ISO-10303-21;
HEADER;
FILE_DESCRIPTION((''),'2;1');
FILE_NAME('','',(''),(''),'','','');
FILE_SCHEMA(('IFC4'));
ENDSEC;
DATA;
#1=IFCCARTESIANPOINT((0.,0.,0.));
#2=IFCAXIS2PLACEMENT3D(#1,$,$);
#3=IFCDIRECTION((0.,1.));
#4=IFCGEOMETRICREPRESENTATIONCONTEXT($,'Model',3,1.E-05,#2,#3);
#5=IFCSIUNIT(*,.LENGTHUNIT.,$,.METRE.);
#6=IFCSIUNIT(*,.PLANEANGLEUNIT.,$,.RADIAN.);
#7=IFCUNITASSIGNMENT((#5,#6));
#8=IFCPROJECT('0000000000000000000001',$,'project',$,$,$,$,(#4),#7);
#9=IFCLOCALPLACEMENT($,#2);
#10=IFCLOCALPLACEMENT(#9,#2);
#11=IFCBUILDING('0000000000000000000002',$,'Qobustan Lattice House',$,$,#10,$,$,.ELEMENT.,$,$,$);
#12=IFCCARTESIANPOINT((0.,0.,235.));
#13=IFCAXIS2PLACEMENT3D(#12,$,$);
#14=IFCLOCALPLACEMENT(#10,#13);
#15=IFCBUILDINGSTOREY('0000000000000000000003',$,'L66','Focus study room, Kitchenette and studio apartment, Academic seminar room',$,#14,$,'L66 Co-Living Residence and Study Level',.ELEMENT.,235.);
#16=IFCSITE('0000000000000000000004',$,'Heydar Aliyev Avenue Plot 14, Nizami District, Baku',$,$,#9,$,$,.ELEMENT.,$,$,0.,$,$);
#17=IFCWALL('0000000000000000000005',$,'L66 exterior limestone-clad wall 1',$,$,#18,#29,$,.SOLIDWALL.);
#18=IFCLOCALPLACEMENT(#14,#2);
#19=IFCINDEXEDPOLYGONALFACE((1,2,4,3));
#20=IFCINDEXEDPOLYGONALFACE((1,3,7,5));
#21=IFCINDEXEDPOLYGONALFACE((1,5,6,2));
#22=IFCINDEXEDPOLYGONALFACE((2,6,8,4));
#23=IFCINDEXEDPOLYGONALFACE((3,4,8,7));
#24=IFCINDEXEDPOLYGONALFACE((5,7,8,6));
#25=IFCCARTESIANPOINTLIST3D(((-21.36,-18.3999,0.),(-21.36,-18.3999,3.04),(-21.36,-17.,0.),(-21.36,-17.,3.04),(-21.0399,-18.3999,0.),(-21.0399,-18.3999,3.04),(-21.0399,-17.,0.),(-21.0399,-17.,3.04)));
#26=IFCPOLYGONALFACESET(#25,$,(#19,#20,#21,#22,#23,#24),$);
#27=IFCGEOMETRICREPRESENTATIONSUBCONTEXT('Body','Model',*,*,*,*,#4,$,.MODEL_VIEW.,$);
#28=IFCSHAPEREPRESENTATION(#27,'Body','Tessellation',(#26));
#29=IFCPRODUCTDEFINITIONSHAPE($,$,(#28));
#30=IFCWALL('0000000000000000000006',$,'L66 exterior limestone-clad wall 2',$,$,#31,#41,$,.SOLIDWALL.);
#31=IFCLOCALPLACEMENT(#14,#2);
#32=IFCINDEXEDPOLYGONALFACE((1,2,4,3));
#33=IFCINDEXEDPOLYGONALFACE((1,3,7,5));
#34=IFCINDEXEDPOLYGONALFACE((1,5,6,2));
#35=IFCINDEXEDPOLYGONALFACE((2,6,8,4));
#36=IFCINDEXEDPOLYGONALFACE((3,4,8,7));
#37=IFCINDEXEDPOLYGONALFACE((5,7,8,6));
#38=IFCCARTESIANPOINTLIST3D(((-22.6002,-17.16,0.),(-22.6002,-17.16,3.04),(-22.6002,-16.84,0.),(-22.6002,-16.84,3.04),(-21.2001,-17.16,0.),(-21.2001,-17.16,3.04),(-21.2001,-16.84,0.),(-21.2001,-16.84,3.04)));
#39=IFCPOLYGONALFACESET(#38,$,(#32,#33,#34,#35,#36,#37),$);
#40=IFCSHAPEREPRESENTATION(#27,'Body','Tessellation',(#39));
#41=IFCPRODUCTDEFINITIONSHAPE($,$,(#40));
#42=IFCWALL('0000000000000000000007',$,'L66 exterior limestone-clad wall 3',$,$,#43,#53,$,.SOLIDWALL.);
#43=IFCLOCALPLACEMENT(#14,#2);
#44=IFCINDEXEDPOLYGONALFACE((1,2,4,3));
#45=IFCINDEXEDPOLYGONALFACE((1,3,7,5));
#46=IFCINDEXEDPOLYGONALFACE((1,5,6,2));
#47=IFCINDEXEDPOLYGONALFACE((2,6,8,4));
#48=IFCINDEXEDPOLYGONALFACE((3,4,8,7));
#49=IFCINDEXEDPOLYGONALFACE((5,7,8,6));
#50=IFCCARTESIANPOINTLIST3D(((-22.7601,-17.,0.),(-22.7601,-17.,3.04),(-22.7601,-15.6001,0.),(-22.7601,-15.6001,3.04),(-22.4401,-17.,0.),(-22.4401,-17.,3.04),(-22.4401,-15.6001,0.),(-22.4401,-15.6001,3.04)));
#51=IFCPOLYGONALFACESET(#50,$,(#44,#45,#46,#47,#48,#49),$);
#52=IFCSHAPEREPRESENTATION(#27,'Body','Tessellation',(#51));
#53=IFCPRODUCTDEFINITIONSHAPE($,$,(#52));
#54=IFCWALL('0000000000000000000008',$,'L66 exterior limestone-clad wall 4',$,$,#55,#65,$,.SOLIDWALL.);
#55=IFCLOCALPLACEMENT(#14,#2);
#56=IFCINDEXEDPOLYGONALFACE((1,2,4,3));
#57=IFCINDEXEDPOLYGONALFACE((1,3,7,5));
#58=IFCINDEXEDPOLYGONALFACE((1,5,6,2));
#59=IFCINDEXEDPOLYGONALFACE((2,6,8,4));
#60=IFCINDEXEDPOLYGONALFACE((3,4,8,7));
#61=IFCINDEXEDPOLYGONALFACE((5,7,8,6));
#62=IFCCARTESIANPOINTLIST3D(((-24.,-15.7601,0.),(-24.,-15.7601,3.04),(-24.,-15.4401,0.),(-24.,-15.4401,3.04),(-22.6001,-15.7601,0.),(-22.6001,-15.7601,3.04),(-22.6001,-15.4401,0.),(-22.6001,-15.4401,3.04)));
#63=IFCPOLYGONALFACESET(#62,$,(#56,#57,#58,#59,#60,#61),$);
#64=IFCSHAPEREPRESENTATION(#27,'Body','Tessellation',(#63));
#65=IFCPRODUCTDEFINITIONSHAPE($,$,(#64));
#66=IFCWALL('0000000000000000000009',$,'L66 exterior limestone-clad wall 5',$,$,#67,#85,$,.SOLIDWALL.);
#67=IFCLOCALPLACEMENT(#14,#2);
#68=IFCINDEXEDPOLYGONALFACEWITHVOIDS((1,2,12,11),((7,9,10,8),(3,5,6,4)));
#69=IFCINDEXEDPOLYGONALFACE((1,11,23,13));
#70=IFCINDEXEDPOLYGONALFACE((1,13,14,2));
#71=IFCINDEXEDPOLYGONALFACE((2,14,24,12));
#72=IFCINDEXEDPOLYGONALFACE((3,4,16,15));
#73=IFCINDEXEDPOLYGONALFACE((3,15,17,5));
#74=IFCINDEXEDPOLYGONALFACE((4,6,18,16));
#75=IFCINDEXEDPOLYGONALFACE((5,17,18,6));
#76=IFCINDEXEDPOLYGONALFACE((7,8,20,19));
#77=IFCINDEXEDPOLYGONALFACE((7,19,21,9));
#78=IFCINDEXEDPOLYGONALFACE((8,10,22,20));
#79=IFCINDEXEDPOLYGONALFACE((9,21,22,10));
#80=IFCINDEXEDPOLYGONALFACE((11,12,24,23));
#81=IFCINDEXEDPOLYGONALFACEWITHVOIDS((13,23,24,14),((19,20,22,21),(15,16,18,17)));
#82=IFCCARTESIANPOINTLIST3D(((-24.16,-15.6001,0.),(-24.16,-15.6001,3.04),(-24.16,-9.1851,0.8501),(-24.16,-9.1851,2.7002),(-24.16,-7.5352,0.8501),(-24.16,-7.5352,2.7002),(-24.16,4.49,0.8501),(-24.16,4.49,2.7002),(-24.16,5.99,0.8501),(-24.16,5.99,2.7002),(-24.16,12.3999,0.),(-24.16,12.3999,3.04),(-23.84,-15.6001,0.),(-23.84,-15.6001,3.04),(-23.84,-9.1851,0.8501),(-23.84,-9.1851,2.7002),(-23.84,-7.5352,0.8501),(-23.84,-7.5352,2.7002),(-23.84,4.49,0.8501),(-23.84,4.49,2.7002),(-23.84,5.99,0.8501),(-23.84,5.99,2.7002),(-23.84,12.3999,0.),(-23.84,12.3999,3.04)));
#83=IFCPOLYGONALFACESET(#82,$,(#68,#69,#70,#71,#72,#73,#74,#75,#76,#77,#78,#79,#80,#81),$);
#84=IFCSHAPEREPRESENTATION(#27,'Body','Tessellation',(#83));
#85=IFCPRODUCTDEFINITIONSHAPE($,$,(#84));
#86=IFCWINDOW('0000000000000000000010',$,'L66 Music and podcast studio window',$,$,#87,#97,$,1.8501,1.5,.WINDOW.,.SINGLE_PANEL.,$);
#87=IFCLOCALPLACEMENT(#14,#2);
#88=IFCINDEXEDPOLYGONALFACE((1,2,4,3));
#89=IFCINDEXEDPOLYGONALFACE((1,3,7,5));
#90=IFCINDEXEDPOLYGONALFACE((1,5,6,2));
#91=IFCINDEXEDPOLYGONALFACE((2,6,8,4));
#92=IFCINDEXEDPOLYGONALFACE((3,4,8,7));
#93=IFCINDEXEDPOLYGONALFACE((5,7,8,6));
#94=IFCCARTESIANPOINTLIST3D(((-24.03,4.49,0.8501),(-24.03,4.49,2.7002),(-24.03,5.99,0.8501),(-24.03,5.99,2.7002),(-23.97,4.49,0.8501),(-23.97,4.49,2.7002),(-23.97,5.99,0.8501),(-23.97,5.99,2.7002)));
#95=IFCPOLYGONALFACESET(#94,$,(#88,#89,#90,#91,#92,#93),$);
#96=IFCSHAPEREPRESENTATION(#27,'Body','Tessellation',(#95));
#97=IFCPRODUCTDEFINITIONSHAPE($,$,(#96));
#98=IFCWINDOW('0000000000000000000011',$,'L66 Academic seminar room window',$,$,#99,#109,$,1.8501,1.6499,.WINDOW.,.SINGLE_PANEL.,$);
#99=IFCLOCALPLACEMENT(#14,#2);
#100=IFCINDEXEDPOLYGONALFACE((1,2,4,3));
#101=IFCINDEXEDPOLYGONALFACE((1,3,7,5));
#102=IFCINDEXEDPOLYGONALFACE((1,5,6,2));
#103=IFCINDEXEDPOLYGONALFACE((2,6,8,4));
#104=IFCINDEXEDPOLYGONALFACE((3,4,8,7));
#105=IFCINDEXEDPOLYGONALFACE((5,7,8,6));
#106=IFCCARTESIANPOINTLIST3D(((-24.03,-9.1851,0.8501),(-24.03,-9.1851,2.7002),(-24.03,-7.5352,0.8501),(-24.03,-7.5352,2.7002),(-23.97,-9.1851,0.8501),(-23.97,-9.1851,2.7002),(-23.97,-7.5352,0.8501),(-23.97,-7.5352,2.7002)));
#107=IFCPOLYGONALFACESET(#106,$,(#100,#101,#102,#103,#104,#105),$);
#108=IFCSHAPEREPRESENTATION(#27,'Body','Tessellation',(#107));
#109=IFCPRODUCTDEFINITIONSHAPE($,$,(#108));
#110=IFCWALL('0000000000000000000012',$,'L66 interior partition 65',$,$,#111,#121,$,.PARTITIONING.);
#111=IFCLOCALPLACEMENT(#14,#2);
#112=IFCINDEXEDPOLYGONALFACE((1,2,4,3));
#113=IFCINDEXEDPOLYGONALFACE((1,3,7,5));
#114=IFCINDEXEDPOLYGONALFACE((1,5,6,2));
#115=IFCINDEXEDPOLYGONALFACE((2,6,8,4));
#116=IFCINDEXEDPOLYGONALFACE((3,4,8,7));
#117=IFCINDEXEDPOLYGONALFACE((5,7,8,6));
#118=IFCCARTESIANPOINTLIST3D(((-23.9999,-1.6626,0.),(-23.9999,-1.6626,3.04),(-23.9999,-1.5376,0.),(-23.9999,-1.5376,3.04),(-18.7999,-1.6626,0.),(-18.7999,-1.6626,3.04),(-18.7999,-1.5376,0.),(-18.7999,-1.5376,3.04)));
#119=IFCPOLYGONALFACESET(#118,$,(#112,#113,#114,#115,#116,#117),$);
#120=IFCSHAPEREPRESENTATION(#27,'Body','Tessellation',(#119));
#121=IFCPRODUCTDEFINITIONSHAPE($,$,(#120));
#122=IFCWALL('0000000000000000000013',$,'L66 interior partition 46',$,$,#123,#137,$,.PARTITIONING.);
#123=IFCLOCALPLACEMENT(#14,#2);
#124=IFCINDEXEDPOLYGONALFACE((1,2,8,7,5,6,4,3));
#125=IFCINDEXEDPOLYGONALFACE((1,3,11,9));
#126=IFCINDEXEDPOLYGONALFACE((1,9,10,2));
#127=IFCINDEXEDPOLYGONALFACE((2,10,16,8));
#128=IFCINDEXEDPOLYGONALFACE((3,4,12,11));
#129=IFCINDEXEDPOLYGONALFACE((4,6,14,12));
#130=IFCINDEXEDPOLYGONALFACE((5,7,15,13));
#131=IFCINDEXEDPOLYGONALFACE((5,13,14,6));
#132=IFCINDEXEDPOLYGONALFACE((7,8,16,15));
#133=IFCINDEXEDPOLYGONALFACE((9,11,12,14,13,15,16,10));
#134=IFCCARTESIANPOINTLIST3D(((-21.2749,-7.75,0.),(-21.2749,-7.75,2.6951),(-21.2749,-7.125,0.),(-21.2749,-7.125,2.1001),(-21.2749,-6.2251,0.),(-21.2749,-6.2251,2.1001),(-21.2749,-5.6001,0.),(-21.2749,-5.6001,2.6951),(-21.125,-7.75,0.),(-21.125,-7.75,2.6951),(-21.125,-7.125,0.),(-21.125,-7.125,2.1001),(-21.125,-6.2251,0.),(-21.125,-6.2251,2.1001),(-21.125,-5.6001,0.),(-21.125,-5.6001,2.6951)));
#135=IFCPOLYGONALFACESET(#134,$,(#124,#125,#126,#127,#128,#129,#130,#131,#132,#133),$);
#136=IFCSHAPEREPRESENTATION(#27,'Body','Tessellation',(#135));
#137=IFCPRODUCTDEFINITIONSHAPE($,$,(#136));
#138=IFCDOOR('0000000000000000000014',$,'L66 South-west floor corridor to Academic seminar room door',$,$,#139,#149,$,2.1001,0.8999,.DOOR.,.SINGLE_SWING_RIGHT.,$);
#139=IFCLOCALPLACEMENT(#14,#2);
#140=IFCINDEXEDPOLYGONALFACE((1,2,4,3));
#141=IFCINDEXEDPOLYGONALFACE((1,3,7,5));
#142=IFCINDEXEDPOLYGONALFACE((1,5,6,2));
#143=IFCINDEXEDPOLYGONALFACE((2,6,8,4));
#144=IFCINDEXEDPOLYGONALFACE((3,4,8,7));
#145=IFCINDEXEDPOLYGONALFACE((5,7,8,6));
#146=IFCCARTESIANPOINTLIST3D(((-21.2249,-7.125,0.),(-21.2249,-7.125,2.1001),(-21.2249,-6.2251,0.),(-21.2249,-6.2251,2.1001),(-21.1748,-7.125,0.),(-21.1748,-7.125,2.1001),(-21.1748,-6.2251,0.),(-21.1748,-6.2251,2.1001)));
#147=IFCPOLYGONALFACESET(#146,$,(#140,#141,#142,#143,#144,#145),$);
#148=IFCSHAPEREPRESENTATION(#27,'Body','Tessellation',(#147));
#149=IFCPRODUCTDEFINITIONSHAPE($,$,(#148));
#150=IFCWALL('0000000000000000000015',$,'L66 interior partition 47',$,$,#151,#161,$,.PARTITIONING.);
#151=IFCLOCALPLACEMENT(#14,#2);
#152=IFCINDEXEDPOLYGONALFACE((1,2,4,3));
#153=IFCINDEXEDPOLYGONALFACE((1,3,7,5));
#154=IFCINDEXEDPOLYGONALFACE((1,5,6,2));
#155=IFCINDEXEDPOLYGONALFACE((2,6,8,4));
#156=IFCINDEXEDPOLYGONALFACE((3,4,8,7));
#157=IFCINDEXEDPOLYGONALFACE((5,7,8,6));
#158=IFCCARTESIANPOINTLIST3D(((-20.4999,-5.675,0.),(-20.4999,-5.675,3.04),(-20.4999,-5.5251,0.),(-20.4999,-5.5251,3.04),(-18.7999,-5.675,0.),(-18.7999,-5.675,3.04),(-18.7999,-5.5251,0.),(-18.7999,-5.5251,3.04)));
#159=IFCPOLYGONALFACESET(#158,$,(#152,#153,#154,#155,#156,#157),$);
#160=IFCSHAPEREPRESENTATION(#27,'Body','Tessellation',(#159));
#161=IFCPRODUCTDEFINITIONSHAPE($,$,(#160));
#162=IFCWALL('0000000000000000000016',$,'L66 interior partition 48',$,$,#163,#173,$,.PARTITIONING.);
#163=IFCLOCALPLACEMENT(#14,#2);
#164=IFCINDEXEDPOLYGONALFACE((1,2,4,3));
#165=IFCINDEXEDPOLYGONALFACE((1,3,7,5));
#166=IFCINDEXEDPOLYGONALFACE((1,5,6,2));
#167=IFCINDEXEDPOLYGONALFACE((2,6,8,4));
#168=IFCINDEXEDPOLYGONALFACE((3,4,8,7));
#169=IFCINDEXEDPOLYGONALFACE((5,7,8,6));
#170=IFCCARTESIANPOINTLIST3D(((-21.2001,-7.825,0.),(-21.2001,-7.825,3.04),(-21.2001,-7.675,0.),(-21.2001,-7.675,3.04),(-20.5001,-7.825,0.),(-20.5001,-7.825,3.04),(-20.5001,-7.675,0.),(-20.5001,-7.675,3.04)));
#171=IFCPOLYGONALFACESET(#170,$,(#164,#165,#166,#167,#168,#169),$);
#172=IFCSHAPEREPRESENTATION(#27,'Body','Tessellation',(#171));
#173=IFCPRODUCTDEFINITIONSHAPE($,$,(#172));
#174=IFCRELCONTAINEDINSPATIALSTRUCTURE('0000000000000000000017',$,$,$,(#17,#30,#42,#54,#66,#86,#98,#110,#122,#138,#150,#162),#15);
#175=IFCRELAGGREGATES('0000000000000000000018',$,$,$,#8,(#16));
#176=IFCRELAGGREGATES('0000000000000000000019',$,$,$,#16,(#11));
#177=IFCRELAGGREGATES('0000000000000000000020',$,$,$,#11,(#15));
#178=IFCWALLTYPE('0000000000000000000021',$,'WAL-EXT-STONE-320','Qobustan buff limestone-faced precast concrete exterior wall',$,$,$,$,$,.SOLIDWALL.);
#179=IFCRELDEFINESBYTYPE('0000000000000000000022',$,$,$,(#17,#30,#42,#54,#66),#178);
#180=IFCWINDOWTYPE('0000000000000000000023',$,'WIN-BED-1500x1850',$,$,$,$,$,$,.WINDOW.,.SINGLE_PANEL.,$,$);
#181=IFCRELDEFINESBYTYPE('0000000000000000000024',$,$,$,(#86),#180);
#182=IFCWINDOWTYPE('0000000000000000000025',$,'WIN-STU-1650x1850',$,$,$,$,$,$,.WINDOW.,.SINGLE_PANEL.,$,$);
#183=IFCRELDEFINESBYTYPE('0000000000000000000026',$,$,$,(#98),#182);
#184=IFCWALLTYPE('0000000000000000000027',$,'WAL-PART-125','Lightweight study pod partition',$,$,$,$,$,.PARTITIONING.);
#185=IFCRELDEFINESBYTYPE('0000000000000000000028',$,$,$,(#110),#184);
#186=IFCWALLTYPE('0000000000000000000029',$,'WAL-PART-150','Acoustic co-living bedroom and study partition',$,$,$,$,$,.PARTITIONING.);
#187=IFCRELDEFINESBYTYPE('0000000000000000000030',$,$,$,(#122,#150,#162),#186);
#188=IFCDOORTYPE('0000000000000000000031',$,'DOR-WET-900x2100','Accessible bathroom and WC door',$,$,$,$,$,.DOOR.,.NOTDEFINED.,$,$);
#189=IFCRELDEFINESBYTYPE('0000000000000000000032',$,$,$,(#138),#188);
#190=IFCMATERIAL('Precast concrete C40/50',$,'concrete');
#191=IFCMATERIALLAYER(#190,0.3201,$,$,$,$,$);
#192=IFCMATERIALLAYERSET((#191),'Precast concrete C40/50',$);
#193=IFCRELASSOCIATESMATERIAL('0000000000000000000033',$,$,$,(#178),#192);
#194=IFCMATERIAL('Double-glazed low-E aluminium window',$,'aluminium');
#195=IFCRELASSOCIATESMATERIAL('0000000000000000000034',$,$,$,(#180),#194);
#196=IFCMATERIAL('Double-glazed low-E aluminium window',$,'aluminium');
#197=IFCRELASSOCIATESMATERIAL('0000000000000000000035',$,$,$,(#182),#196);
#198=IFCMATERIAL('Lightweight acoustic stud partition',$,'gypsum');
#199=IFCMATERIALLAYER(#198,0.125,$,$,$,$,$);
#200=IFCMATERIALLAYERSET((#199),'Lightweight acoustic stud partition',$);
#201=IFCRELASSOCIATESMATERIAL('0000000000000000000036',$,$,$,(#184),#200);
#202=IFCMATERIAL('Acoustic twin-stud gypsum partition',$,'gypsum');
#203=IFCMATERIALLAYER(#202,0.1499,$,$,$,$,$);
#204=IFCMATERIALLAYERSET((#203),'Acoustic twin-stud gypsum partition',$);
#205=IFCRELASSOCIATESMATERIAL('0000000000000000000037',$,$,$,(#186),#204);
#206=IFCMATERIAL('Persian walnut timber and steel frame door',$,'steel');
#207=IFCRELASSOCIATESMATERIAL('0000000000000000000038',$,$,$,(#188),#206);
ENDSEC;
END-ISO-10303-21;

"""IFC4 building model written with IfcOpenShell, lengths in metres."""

from ifc_helpers import new_model, si_unit, direction, frame, frame_2d, origin, place, context, subcontext, project, spatial, rectangle, extrude, material, layer, layer_set, type_object, element, fill, save


model = new_model("IFC4")

# Units and contexts
model_context = context("Model", 3, precision=1e-05, world=origin(), true_north=direction((0.0, 1.0)))
body_context = subcontext(model_context, "Body", "Model", "MODEL_VIEW")
ifc_project = project(units=[si_unit("LENGTHUNIT", "METRE"), si_unit("PLANEANGLEUNIT", "RADIAN")], contexts=[model_context])

# Site, building, storey
site_placement = place(None, origin())
site = spatial("IfcSite", under=ifc_project, at=site_placement, Name="Heydar Aliyev Avenue Plot 14, Nizami District, Baku", CompositionType="ELEMENT", RefElevation=0.0)
building_placement = place(site_placement, origin())
building = spatial("IfcBuilding", under=site, at=building_placement, Name="Qobustan Lattice House", CompositionType="ELEMENT")
storey_placement = place(building_placement, frame((0.0, 0.0, 235.0)))
storey = spatial("IfcBuildingStorey", under=building, at=storey_placement, Name="L66", Description="Focus study room, Kitchenette and studio apartment, Academic seminar room", LongName="L66 Co-Living Residence and Study Level", CompositionType="ELEMENT", Elevation=235.0)

# Walls
ifc_material_1 = material(Name="Precast concrete C40/50", Category="concrete")
ifc_layer_1 = layer(ifc_material_1, 0.3201)
ifc_layer_set_1 = layer_set([ifc_layer_1], Name="Precast concrete C40/50")
wall_type_1 = type_object("IfcWallType", Name="WAL-EXT-STONE-320", Description="Qobustan buff limestone-faced precast concrete exterior wall", PredefinedType="SOLIDWALL", material=ifc_layer_set_1)
wall_1_placement = place(storey_placement, frame((-21.2, -18.3999, 0.0), z_axis=(0.0, 0.0, 1.0), x_axis=(0.0, 1.0, 0.0)))
element("IfcWall", 1, at=wall_1_placement, inside=storey, type_object=wall_type_1, Name="L66 exterior limestone-clad wall 1", PredefinedType="SOLIDWALL", context=body_context, shape_type="SweptSolid", body=[
    extrude(rectangle(XDim=1.3999, YDim=0.3201, at=frame_2d((0.7, 0.0))), origin(), (0.0, 0.0, 1.0), 3.04),
])
wall_2_placement = place(storey_placement, frame((-21.2, -17.0, 0.0), z_axis=(0.0, 0.0, 1.0), x_axis=(-1.0, 0.0, 0.0)))
element("IfcWall", 2, at=wall_2_placement, inside=storey, type_object=wall_type_1, Name="L66 exterior limestone-clad wall 2", PredefinedType="SOLIDWALL", context=body_context, shape_type="SweptSolid", body=[
    extrude(rectangle(XDim=1.4001, YDim=0.3201, at=frame_2d((0.7002, 0.0))), origin(), (0.0, 0.0, 1.0), 3.04),
])
for number, where, z_axis, x_axis, name in (
    (3, (-22.6001, -17.0, 0.0), (0.0, 0.0, 1.0), (0.0, 1.0, 0.0), "L66 exterior limestone-clad wall 3"),
    (4, (-22.6001, -15.6001, 0.0), (0.0, 0.0, 1.0), (-1.0, 0.0, 0.0), "L66 exterior limestone-clad wall 4"),
):
    element("IfcWall", number, at=place(storey_placement, frame(where, z_axis=z_axis, x_axis=x_axis)), inside=storey, type_object=wall_type_1, Name=name, PredefinedType="SOLIDWALL", context=body_context, shape_type="SweptSolid", body=[
        extrude(rectangle(XDim=1.3999, YDim=0.3201, at=frame_2d((0.7, 0.0))), origin(), (0.0, 0.0, 1.0), 3.04),
    ])

# Wall, openings, windows
wall_3_placement = place(storey_placement, frame((-24.0, -15.6001, 0.0), z_axis=(0.0, 0.0, 1.0), x_axis=(0.0, 1.0, 0.0)))
wall_3 = element("IfcWall", 5, at=wall_3_placement, inside=storey, type_object=wall_type_1, Name="L66 exterior limestone-clad wall 5", PredefinedType="SOLIDWALL", context=body_context, shape_type="SweptSolid", body=[
    extrude(rectangle(XDim=28.0, YDim=0.3201, at=frame_2d((14.0, 0.0))), origin(), (0.0, 0.0, 1.0), 3.04),
])
opening_1_placement = place(wall_3_placement, frame((6.415, 0.0, 0.8501)))
opening_1 = element("IfcOpeningElement", 6, at=opening_1_placement, cuts=wall_3, PredefinedType="OPENING", context=body_context, shape_type="SweptSolid", body=[
    extrude(rectangle(XDim=1.6499, YDim=1.8501, at=frame_2d((0.825, 0.925))), frame((0.0, 0.1699, 0.0), z_axis=(0.0, -1.0, 0.0), x_axis=(1.0, 0.0, 0.0)), (0.0, 0.0, 1.0), 0.3401),
])
opening_2_placement = place(wall_3_placement, frame((20.0901, 0.0, 0.8501)))
opening_2 = element("IfcOpeningElement", 7, at=opening_2_placement, cuts=wall_3, PredefinedType="OPENING", context=body_context, shape_type="SweptSolid", body=[
    extrude(rectangle(XDim=1.5, YDim=1.8501, at=frame_2d((0.75, 0.925))), frame((0.0, 0.1699, 0.0), z_axis=(0.0, -1.0, 0.0), x_axis=(1.0, 0.0, 0.0)), (0.0, 0.0, 1.0), 0.3401),
])
ifc_material_2 = material(Name="Double-glazed low-E aluminium window", Category="aluminium")
window_type_1 = type_object("IfcWindowType", Name="WIN-BED-1500x1850", PartitioningType="SINGLE_PANEL", PredefinedType="WINDOW", material=ifc_material_2)
window_1_placement = place(opening_2_placement, origin())
window_1 = element("IfcWindow", 8, at=window_1_placement, inside=storey, type_object=window_type_1, Name="L66 Music and podcast studio window", OverallHeight=1.8501, OverallWidth=1.5, PartitioningType="SINGLE_PANEL", PredefinedType="WINDOW", context=body_context, shape_type="SweptSolid", body=[
    extrude(rectangle(XDim=1.5, YDim=1.8501, at=frame_2d((0.75, 0.925))), frame((0.0, 0.03, 0.0), z_axis=(0.0, -1.0, 0.0), x_axis=(1.0, 0.0, 0.0)), (0.0, 0.0, 1.0), 0.0601),
])
fill(opening_2, window_1)
ifc_material_3 = material(Name="Double-glazed low-E aluminium window", Category="aluminium")
window_type_2 = type_object("IfcWindowType", Name="WIN-STU-1650x1850", PartitioningType="SINGLE_PANEL", PredefinedType="WINDOW", material=ifc_material_3)
window_2_placement = place(opening_1_placement, origin())
window_2 = element("IfcWindow", 9, at=window_2_placement, inside=storey, type_object=window_type_2, Name="L66 Academic seminar room window", OverallHeight=1.8501, OverallWidth=1.6499, PartitioningType="SINGLE_PANEL", PredefinedType="WINDOW", context=body_context, shape_type="SweptSolid", body=[
    extrude(rectangle(XDim=1.6499, YDim=1.8501, at=frame_2d((0.825, 0.925))), frame((0.0, 0.03, 0.0), z_axis=(0.0, -1.0, 0.0), x_axis=(1.0, 0.0, 0.0)), (0.0, 0.0, 1.0), 0.0601),
])
fill(opening_1, window_2)

# Wall
ifc_material_4 = material(Name="Lightweight acoustic stud partition", Category="gypsum")
ifc_layer_2 = layer(ifc_material_4, 0.125)
ifc_layer_set_2 = layer_set([ifc_layer_2], Name="Lightweight acoustic stud partition")
wall_type_2 = type_object("IfcWallType", Name="WAL-PART-125", Description="Lightweight study pod partition", PredefinedType="PARTITIONING", material=ifc_layer_set_2)
wall_4_placement = place(storey_placement, frame((-24.0, -1.6001, 0.0), z_axis=(0.0, 0.0, 1.0), x_axis=(1.0, 0.0, 0.0)))
element("IfcWall", 10, at=wall_4_placement, inside=storey, type_object=wall_type_2, Name="L66 interior partition 65", PredefinedType="PARTITIONING", context=body_context, shape_type="SweptSolid", body=[
    extrude(rectangle(XDim=5.2, YDim=0.125, at=frame_2d((2.6001, 0.0))), origin(), (0.0, 0.0, 1.0), 3.04),
])

# Wall, opening, door
ifc_material_5 = material(Name="Acoustic twin-stud gypsum partition", Category="gypsum")
ifc_layer_3 = layer(ifc_material_5, 0.1499)
ifc_layer_set_3 = layer_set([ifc_layer_3], Name="Acoustic twin-stud gypsum partition")
wall_type_3 = type_object("IfcWallType", Name="WAL-PART-150", Description="Acoustic co-living bedroom and study partition", PredefinedType="PARTITIONING", material=ifc_layer_set_3)
wall_5_placement = place(storey_placement, frame((-21.2, -7.75, 0.0), z_axis=(0.0, 0.0, 1.0), x_axis=(0.0, 1.0, 0.0)))
wall_5 = element("IfcWall", 11, at=wall_5_placement, inside=storey, type_object=wall_type_3, Name="L66 interior partition 46", PredefinedType="PARTITIONING", context=body_context, shape_type="SweptSolid", body=[
    extrude(rectangle(XDim=2.1499, YDim=0.1499, at=frame_2d((1.075, 0.0))), origin(), (0.0, 0.0, 1.0), 2.6951),
])
opening_3_placement = place(wall_5_placement, frame((0.625, 0.0, 0.0)))
opening_3 = element("IfcOpeningElement", 12, at=opening_3_placement, cuts=wall_5, PredefinedType="OPENING", context=body_context, shape_type="SweptSolid", body=[
    extrude(rectangle(XDim=0.8999, YDim=2.1001, at=frame_2d((0.45, 1.05))), frame((0.0, 0.085, 0.0), z_axis=(0.0, -1.0, 0.0), x_axis=(1.0, 0.0, 0.0)), (0.0, 0.0, 1.0), 0.1699),
])
ifc_material_6 = material(Name="Persian walnut timber and steel frame door", Category="steel")
door_type_1 = type_object("IfcDoorType", Name="DOR-WET-900x2100", Description="Accessible bathroom and WC door", OperationType="NOTDEFINED", PredefinedType="DOOR", material=ifc_material_6)
door_1_placement = place(opening_3_placement, origin())
door_1 = element("IfcDoor", 13, at=door_1_placement, inside=storey, type_object=door_type_1, Name="L66 South-west floor corridor to Academic seminar room door", OperationType="SINGLE_SWING_RIGHT", OverallHeight=2.1001, OverallWidth=0.8999, PredefinedType="DOOR", context=body_context, shape_type="SweptSolid", body=[
    extrude(rectangle(XDim=0.8999, YDim=2.1001, at=frame_2d((0.45, 1.05))), frame((0.0, 0.0249, 0.0), z_axis=(0.0, -1.0, 0.0), x_axis=(1.0, 0.0, 0.0)), (0.0, 0.0, 1.0), 0.05),
])
fill(opening_3, door_1)

# Walls
wall_6_placement = place(storey_placement, frame((-20.5, -5.6001, 0.0), z_axis=(0.0, 0.0, 1.0), x_axis=(1.0, 0.0, 0.0)))
element("IfcWall", 14, at=wall_6_placement, inside=storey, type_object=wall_type_3, Name="L66 interior partition 47", PredefinedType="PARTITIONING", context=body_context, shape_type="SweptSolid", body=[
    extrude(rectangle(XDim=1.7, YDim=0.1499, at=frame_2d((0.8501, 0.0))), origin(), (0.0, 0.0, 1.0), 3.04),
])
for number, where, z_axis, x_axis, name in (
    (15, (-20.5, -7.75, 0.0), (0.0, 0.0, 1.0), (-1.0, 0.0, 0.0), "L66 interior partition 48"),
):
    element("IfcWall", number, at=place(storey_placement, frame(where, z_axis=z_axis, x_axis=x_axis)), inside=storey, type_object=wall_type_3, Name=name, PredefinedType="PARTITIONING", context=body_context, shape_type="SweptSolid", body=[
        extrude(rectangle(XDim=0.7, YDim=0.1499, at=frame_2d((0.3501, 0.0))), origin(), (0.0, 0.0, 1.0), 3.04),
    ])

save(model, "model.ifc")
